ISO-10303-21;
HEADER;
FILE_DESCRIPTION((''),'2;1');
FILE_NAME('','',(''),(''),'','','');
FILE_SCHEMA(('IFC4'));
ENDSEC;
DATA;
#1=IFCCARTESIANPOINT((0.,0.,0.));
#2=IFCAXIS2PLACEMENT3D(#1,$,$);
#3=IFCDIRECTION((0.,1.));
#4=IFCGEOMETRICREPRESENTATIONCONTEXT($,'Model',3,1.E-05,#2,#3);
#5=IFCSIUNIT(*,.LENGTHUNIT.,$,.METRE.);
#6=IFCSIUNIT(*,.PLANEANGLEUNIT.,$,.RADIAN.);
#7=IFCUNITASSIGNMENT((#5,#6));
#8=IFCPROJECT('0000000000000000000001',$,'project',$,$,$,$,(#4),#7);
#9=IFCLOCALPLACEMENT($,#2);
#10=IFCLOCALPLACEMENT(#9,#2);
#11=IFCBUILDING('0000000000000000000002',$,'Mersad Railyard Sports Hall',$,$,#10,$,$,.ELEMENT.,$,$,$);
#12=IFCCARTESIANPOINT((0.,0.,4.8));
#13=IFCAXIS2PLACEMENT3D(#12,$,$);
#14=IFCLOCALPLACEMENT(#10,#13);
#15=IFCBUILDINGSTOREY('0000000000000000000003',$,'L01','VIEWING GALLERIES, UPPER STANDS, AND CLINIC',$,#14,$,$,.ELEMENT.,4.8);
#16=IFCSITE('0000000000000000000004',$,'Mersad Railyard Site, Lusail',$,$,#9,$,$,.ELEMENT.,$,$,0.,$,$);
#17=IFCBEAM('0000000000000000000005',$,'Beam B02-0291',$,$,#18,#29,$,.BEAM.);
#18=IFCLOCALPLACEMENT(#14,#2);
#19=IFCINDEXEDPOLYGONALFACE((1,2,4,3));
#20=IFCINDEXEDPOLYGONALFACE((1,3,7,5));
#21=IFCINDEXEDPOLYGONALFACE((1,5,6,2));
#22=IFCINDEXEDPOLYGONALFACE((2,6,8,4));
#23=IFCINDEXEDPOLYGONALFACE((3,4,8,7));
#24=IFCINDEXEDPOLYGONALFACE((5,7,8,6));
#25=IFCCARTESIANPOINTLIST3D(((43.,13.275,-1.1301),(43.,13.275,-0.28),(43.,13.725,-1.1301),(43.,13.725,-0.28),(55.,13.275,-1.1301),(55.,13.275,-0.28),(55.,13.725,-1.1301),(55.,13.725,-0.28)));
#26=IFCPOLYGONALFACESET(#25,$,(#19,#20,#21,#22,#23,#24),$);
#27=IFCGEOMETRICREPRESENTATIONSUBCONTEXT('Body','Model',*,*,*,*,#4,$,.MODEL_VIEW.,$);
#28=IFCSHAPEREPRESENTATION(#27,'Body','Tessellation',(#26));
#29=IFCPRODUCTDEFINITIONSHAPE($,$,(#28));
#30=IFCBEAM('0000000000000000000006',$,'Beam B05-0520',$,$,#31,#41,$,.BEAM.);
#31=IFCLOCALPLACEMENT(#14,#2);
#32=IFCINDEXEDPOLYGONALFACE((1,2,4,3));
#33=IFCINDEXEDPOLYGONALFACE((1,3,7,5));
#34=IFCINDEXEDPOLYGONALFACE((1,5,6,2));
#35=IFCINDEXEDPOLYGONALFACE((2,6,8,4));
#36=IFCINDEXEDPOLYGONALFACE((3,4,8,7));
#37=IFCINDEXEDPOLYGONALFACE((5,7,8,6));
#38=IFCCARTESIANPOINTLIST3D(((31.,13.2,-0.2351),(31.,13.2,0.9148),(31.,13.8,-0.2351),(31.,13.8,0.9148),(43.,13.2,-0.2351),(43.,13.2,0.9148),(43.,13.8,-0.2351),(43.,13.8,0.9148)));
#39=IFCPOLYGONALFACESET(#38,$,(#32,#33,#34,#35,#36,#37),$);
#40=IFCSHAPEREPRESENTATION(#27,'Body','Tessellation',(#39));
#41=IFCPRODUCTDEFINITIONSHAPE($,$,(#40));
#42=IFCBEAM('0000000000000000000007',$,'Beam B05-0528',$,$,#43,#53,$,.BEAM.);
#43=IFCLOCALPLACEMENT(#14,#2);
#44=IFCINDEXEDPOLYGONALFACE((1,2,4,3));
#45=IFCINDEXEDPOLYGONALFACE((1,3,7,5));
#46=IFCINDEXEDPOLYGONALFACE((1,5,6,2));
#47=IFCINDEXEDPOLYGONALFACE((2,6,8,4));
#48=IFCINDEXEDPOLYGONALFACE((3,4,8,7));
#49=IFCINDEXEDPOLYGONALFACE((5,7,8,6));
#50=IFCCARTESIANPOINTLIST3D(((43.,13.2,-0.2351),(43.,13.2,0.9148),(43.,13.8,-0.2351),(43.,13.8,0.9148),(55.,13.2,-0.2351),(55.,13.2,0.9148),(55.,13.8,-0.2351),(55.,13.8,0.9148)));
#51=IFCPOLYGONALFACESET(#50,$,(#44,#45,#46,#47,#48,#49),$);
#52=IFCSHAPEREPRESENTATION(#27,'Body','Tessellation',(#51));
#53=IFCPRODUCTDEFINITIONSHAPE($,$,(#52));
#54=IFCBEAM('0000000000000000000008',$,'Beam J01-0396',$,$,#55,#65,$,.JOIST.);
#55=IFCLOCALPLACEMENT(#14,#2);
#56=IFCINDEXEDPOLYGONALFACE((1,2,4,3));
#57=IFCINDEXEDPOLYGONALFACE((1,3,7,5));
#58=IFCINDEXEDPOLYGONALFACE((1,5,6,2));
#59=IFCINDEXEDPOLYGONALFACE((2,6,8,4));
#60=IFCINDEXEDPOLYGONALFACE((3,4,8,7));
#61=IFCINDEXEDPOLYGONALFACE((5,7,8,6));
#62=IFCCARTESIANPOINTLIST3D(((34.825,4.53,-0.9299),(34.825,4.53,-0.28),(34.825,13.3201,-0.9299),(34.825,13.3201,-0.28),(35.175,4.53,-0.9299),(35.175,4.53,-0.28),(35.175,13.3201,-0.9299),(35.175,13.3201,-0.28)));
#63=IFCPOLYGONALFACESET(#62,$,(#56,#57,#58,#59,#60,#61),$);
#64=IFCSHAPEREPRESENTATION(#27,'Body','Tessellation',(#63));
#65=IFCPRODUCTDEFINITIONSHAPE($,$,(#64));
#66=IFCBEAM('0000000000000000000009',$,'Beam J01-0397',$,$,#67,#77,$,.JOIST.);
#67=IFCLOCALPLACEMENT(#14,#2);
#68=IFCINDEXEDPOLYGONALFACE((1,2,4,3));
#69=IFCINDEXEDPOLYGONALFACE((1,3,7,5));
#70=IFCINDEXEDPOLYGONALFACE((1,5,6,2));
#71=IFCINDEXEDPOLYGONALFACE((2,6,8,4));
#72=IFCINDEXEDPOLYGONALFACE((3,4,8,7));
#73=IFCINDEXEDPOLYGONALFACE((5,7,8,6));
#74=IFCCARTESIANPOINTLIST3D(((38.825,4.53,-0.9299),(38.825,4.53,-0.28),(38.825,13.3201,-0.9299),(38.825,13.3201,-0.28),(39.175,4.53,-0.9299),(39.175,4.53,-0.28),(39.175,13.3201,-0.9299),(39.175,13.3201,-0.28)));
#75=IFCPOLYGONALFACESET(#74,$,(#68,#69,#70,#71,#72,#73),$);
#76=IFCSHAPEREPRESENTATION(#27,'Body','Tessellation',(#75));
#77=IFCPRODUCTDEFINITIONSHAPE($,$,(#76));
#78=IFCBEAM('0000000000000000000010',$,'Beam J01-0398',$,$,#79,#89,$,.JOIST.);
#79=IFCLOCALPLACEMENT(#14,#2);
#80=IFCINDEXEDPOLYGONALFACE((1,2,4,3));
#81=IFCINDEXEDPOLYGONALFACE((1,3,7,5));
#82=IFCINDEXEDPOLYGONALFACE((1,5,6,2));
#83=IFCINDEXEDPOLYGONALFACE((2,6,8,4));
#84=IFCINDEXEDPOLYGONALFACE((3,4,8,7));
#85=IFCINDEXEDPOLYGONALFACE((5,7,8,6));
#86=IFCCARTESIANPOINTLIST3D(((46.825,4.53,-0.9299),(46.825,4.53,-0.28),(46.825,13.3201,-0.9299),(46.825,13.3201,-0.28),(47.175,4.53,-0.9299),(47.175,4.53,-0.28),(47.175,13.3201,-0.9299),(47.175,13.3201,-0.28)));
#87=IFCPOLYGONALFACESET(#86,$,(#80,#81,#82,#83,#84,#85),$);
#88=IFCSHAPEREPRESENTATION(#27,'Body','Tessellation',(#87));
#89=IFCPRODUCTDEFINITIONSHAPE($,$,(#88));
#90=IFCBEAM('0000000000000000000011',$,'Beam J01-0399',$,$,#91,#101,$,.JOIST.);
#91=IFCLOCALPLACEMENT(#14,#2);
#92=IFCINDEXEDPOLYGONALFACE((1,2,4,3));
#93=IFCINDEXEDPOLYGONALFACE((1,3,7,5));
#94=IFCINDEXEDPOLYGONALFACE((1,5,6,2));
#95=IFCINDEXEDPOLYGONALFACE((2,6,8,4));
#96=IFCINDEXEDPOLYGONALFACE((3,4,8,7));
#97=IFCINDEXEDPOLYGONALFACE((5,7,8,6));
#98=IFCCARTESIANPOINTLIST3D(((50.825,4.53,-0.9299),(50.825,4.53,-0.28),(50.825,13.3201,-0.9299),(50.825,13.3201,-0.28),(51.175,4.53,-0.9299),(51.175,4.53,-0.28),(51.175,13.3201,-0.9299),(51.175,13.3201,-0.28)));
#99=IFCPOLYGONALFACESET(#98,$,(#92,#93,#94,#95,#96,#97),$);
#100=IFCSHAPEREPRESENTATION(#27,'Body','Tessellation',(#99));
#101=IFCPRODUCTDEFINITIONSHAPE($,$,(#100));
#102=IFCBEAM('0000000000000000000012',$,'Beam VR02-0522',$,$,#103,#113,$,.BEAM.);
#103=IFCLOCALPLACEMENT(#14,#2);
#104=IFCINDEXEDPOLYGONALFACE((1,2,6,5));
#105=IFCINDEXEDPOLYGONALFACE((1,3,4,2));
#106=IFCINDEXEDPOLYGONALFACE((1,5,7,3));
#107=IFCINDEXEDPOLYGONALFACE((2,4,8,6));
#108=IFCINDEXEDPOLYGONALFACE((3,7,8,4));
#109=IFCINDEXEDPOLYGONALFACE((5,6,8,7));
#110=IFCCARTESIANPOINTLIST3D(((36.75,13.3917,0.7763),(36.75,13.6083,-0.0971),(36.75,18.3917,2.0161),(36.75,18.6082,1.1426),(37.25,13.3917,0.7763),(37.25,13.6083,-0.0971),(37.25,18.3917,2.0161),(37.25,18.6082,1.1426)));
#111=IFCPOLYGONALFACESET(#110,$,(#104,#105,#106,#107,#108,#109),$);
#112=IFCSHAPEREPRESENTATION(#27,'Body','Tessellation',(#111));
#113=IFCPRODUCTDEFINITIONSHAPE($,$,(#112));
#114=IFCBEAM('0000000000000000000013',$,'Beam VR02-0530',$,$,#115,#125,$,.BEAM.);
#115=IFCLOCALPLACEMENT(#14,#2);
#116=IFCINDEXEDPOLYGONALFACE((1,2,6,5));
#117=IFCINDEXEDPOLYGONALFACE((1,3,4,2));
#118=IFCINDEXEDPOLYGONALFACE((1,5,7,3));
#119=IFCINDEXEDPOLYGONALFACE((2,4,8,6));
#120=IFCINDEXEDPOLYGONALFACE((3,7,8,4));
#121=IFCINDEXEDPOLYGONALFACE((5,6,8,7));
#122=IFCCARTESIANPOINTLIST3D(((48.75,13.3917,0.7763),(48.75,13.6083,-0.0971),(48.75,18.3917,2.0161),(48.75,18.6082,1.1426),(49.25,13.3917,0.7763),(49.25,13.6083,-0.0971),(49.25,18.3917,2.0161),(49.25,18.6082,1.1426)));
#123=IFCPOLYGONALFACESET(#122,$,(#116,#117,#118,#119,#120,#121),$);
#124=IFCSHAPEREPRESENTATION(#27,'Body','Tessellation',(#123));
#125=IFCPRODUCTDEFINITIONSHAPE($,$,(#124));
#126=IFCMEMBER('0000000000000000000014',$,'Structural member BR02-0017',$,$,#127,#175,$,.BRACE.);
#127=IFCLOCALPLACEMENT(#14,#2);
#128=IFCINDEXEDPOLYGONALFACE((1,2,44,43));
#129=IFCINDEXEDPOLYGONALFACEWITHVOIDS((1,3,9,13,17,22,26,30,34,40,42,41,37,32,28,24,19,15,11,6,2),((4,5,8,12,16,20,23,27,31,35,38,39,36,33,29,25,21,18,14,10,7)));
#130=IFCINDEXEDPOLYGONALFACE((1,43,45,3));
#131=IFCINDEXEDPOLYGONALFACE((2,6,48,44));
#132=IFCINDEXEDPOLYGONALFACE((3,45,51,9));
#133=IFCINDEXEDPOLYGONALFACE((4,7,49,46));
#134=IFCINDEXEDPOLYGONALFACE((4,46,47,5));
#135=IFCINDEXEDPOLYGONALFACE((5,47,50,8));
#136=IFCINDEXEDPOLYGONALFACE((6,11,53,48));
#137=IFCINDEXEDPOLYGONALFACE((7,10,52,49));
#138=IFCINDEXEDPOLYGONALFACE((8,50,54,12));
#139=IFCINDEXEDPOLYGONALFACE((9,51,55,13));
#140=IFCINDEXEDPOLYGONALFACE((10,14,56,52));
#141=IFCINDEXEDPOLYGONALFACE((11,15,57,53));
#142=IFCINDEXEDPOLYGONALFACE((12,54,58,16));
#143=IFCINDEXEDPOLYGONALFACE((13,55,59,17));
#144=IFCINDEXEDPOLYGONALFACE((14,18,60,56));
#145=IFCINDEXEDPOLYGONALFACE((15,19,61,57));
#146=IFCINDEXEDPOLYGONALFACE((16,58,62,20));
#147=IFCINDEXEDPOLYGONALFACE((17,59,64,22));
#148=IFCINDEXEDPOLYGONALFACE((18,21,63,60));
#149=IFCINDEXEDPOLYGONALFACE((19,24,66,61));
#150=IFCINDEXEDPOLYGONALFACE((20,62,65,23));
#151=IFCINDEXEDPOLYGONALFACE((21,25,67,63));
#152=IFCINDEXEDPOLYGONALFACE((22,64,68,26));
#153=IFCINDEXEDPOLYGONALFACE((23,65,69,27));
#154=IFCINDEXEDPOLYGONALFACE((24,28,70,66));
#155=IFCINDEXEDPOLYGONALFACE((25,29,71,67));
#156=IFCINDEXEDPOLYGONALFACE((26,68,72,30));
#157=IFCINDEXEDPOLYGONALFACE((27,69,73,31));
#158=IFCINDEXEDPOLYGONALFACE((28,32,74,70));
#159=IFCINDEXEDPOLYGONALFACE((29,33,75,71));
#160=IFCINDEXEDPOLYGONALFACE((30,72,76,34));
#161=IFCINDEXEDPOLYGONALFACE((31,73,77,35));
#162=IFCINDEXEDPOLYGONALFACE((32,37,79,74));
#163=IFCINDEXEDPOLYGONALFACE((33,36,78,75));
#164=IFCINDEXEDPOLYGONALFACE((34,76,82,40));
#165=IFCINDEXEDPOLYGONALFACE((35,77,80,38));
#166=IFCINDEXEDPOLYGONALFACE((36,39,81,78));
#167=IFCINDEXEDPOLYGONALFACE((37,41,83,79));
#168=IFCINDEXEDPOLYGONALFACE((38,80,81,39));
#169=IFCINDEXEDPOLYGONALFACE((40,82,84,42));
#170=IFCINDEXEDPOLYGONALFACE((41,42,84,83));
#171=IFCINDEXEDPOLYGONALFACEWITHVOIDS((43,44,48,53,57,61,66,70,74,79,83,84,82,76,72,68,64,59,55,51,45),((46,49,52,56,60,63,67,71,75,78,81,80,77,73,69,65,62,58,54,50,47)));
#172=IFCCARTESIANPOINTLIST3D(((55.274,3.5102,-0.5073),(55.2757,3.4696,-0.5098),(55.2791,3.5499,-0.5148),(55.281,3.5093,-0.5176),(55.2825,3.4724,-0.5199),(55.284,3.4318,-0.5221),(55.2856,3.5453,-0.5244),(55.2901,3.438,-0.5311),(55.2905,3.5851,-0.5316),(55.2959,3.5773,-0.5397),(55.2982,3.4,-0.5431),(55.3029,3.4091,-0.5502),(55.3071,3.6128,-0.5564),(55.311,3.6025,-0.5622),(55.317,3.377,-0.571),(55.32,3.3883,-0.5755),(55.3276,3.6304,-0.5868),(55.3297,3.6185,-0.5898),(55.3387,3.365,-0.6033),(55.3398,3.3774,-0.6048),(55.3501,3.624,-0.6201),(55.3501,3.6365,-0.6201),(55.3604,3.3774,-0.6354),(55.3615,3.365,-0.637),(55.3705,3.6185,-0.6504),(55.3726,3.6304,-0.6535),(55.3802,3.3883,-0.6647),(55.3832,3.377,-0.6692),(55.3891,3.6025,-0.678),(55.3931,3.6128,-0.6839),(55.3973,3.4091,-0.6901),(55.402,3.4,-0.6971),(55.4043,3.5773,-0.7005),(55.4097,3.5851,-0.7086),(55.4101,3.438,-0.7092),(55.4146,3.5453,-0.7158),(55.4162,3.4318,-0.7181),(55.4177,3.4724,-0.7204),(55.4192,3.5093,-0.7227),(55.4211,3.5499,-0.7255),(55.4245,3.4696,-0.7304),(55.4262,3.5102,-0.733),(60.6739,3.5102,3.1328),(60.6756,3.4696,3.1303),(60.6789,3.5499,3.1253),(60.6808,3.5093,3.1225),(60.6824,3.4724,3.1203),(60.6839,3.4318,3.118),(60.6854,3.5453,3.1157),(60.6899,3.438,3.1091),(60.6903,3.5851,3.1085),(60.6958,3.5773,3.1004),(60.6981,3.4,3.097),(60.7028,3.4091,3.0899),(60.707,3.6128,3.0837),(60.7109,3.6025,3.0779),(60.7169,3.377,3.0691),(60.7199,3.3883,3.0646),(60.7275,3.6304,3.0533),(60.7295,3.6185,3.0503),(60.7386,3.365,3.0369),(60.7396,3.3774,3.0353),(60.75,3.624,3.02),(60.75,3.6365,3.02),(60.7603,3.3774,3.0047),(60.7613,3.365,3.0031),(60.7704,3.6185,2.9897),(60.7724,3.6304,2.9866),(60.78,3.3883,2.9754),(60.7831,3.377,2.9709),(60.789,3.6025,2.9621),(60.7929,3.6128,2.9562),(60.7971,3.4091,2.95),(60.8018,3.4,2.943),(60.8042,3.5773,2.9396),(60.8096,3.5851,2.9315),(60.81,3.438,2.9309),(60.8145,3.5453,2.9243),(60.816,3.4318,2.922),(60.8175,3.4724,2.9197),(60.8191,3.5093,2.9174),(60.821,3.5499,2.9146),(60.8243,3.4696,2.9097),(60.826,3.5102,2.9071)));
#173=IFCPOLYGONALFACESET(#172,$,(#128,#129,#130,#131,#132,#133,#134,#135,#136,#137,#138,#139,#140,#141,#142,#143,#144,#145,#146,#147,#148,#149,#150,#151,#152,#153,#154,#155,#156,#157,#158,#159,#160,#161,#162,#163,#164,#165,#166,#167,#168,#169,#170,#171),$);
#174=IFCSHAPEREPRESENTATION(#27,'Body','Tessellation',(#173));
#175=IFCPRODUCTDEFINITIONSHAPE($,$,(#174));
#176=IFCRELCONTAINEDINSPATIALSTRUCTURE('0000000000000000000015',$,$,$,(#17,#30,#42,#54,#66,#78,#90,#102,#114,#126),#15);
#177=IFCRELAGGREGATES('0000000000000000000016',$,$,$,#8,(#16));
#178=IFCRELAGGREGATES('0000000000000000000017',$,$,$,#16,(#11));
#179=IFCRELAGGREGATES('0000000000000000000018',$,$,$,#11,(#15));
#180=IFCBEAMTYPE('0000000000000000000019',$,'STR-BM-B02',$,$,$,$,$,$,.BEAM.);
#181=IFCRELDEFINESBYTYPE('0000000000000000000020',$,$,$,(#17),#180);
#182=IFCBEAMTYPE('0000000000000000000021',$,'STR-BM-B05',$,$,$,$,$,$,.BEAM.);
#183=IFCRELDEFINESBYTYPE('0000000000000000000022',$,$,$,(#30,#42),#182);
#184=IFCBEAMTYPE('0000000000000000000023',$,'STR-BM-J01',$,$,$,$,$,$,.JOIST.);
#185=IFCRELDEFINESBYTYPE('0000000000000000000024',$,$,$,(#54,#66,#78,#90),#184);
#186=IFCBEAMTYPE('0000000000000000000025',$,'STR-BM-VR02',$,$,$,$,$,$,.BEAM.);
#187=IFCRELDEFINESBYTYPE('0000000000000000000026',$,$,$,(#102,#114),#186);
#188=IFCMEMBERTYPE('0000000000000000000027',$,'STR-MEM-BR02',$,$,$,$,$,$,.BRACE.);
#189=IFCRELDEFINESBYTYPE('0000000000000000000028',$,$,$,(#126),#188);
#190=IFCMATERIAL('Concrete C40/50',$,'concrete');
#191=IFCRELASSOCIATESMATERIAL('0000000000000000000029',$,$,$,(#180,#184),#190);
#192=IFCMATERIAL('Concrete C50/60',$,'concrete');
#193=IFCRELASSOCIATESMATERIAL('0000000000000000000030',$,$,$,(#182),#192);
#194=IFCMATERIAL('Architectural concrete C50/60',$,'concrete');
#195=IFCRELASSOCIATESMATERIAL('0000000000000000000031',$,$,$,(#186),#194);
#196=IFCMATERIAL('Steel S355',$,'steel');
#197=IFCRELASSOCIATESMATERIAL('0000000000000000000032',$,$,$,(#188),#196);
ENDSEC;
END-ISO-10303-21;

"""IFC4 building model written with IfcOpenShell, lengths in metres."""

from ifc_helpers import new_model, si_unit, direction, frame, origin, origin_2d, place, context, subcontext, project, spatial, rectangle, hollow_circle, extrude, material, material_profile, profile_set, type_object, element, save


model = new_model("IFC4")

# Units and contexts
model_context = context("Model", 3, precision=1e-05, world=origin(), true_north=direction((0.0, 1.0)))
body_context = subcontext(model_context, "Body", "Model", "MODEL_VIEW")
ifc_project = project(units=[si_unit("LENGTHUNIT", "METRE"), si_unit("PLANEANGLEUNIT", "RADIAN")], contexts=[model_context])

# Site, building, storey
site_placement = place(None, origin())
site = spatial("IfcSite", under=ifc_project, at=site_placement, Name="Mersad Railyard Site, Lusail", CompositionType="ELEMENT", RefElevation=0.0)
building_placement = place(site_placement, origin())
building = spatial("IfcBuilding", under=site, at=building_placement, Name="Mersad Railyard Sports Hall", CompositionType="ELEMENT")
storey_placement = place(building_placement, frame((0.0, 0.0, 4.8)))
storey = spatial("IfcBuildingStorey", under=building, at=storey_placement, Name="L01", Description="VIEWING GALLERIES, UPPER STANDS, AND CLINIC", CompositionType="ELEMENT", Elevation=4.8)

# Shared definitions
ifc_material_1 = material(Name="Concrete C50/60", Category="concrete")

# Beams
ifc_material_2 = material(Name="Concrete C40/50", Category="concrete")
ifc_material_profile_1 = material_profile(ifc_material_2, rectangle(XDim=0.45, YDim=0.8501, at=origin_2d()), Name="RC 450x850")
ifc_profile_set_1 = profile_set([ifc_material_profile_1], Name="Concrete C40/50")
beam_type_1 = type_object("IfcBeamType", Name="STR-BM-B02", PredefinedType="BEAM", material=ifc_profile_set_1)
for number, where, z_axis, x_axis, name in (
    (1, (43.0, 13.5, -0.7051), (1.0, 0.0, 0.0), (0.0, 1.0, 0.0), "Beam B02-0291"),
):
    element("IfcBeam", number, at=place(storey_placement, frame(where, z_axis=z_axis, x_axis=x_axis)), inside=storey, type_object=beam_type_1, Name=name, PredefinedType="BEAM", context=body_context, shape_type="SweptSolid", body=[
        extrude(rectangle(XDim=0.45, YDim=0.8501, at=origin_2d()), origin(), (0.0, 0.0, 1.0), 12.0),
    ])
ifc_material_profile_2 = material_profile(ifc_material_1, rectangle(XDim=0.6001, YDim=1.1499, at=origin_2d()), Name="RC 600x1150")
ifc_profile_set_2 = profile_set([ifc_material_profile_2], Name="Concrete C50/60")
beam_type_2 = type_object("IfcBeamType", Name="STR-BM-B05", PredefinedType="BEAM", material=ifc_profile_set_2)
for number, where, z_axis, x_axis, name in (
    (2, (31.0, 13.5, 0.3398), (1.0, 0.0, 0.0), (0.0, 1.0, 0.0), "Beam B05-0520"),
    (3, (43.0, 13.5, 0.3398), (1.0, 0.0, 0.0), (0.0, 1.0, 0.0), "Beam B05-0528"),
):
    element("IfcBeam", number, at=place(storey_placement, frame(where, z_axis=z_axis, x_axis=x_axis)), inside=storey, type_object=beam_type_2, Name=name, PredefinedType="BEAM", context=body_context, shape_type="SweptSolid", body=[
        extrude(rectangle(XDim=0.6001, YDim=1.1499, at=origin_2d()), origin(), (0.0, 0.0, 1.0), 12.0),
    ])
ifc_material_profile_3 = material_profile(ifc_material_2, rectangle(XDim=0.3501, YDim=0.6499, at=origin_2d()), Name="RC 350x650")
ifc_profile_set_3 = profile_set([ifc_material_profile_3], Name="Concrete C40/50")
beam_type_3 = type_object("IfcBeamType", Name="STR-BM-J01", PredefinedType="JOIST", material=ifc_profile_set_3)
for number, where, z_axis, x_axis, name in (
    (4, (35.0, 4.53, -0.605), (0.0, 1.0, 0.0), (-1.0, 0.0, 0.0), "Beam J01-0396"),
    (5, (39.0, 4.53, -0.605), (0.0, 1.0, 0.0), (-1.0, 0.0, 0.0), "Beam J01-0397"),
    (6, (47.0, 4.53, -0.605), (0.0, 1.0, 0.0), (-1.0, 0.0, 0.0), "Beam J01-0398"),
    (7, (51.0, 4.53, -0.605), (0.0, 1.0, 0.0), (-1.0, 0.0, 0.0), "Beam J01-0399"),
):
    element("IfcBeam", number, at=place(storey_placement, frame(where, z_axis=z_axis, x_axis=x_axis)), inside=storey, type_object=beam_type_3, Name=name, PredefinedType="JOIST", context=body_context, shape_type="SweptSolid", body=[
        extrude(rectangle(XDim=0.3501, YDim=0.6499, at=origin_2d()), origin(), (0.0, 0.0, 1.0), 8.79),
    ])
ifc_material_3 = material(Name="Architectural concrete C50/60", Category="concrete")
ifc_material_profile_4 = material_profile(ifc_material_3, rectangle(XDim=0.5, YDim=0.8999, at=origin_2d()), Name="VR 500x900")
ifc_profile_set_4 = profile_set([ifc_material_profile_4], Name="Architectural concrete C50/60")
beam_type_4 = type_object("IfcBeamType", Name="STR-BM-VR02", PredefinedType="BEAM", material=ifc_profile_set_4)
for number, where, z_axis, x_axis, name in (
    (8, (37.0, 13.5, 0.3396), (0.0, 0.970609, 0.240662), (-1.0, 0.0, 0.0), "Beam VR02-0522"),
    (9, (49.0, 13.5, 0.3396), (0.0, 0.970609, 0.240662), (-1.0, 0.0, 0.0), "Beam VR02-0530"),
):
    element("IfcBeam", number, at=place(storey_placement, frame(where, z_axis=z_axis, x_axis=x_axis)), inside=storey, type_object=beam_type_4, Name=name, PredefinedType="BEAM", context=body_context, shape_type="SweptSolid", body=[
        extrude(rectangle(XDim=0.5, YDim=0.8999, at=origin_2d()), origin(), (0.0, 0.0, 1.0), 5.1514),
    ])

# Member
ifc_material_4 = material(Name="Steel S355", Category="steel")
ifc_material_profile_5 = material_profile(ifc_material_4, hollow_circle(Radius=0.1365, WallThickness=0.0125, at=origin_2d()), Name="CHS 273x12.5")
ifc_profile_set_5 = profile_set([ifc_material_profile_5], Name="Steel S355")
member_type_1 = type_object("IfcMemberType", Name="STR-MEM-BR02", PredefinedType="BRACE", material=ifc_profile_set_5)
member_1_placement = place(storey_placement, frame((55.3501, 3.5, -0.6201), z_axis=(0.82919, 0.0, 0.558967), x_axis=(0.0, 1.0, 0.0)))
element("IfcMember", 10, at=member_1_placement, inside=storey, type_object=member_type_1, Name="Structural member BR02-0017", PredefinedType="BRACE", context=body_context, shape_type="SweptSolid", body=[
    extrude(hollow_circle(Radius=0.1365, WallThickness=0.0125, at=origin_2d()), origin(), (0.0, 0.0, 1.0), 6.5122),
])

save(model, "model.ifc")
